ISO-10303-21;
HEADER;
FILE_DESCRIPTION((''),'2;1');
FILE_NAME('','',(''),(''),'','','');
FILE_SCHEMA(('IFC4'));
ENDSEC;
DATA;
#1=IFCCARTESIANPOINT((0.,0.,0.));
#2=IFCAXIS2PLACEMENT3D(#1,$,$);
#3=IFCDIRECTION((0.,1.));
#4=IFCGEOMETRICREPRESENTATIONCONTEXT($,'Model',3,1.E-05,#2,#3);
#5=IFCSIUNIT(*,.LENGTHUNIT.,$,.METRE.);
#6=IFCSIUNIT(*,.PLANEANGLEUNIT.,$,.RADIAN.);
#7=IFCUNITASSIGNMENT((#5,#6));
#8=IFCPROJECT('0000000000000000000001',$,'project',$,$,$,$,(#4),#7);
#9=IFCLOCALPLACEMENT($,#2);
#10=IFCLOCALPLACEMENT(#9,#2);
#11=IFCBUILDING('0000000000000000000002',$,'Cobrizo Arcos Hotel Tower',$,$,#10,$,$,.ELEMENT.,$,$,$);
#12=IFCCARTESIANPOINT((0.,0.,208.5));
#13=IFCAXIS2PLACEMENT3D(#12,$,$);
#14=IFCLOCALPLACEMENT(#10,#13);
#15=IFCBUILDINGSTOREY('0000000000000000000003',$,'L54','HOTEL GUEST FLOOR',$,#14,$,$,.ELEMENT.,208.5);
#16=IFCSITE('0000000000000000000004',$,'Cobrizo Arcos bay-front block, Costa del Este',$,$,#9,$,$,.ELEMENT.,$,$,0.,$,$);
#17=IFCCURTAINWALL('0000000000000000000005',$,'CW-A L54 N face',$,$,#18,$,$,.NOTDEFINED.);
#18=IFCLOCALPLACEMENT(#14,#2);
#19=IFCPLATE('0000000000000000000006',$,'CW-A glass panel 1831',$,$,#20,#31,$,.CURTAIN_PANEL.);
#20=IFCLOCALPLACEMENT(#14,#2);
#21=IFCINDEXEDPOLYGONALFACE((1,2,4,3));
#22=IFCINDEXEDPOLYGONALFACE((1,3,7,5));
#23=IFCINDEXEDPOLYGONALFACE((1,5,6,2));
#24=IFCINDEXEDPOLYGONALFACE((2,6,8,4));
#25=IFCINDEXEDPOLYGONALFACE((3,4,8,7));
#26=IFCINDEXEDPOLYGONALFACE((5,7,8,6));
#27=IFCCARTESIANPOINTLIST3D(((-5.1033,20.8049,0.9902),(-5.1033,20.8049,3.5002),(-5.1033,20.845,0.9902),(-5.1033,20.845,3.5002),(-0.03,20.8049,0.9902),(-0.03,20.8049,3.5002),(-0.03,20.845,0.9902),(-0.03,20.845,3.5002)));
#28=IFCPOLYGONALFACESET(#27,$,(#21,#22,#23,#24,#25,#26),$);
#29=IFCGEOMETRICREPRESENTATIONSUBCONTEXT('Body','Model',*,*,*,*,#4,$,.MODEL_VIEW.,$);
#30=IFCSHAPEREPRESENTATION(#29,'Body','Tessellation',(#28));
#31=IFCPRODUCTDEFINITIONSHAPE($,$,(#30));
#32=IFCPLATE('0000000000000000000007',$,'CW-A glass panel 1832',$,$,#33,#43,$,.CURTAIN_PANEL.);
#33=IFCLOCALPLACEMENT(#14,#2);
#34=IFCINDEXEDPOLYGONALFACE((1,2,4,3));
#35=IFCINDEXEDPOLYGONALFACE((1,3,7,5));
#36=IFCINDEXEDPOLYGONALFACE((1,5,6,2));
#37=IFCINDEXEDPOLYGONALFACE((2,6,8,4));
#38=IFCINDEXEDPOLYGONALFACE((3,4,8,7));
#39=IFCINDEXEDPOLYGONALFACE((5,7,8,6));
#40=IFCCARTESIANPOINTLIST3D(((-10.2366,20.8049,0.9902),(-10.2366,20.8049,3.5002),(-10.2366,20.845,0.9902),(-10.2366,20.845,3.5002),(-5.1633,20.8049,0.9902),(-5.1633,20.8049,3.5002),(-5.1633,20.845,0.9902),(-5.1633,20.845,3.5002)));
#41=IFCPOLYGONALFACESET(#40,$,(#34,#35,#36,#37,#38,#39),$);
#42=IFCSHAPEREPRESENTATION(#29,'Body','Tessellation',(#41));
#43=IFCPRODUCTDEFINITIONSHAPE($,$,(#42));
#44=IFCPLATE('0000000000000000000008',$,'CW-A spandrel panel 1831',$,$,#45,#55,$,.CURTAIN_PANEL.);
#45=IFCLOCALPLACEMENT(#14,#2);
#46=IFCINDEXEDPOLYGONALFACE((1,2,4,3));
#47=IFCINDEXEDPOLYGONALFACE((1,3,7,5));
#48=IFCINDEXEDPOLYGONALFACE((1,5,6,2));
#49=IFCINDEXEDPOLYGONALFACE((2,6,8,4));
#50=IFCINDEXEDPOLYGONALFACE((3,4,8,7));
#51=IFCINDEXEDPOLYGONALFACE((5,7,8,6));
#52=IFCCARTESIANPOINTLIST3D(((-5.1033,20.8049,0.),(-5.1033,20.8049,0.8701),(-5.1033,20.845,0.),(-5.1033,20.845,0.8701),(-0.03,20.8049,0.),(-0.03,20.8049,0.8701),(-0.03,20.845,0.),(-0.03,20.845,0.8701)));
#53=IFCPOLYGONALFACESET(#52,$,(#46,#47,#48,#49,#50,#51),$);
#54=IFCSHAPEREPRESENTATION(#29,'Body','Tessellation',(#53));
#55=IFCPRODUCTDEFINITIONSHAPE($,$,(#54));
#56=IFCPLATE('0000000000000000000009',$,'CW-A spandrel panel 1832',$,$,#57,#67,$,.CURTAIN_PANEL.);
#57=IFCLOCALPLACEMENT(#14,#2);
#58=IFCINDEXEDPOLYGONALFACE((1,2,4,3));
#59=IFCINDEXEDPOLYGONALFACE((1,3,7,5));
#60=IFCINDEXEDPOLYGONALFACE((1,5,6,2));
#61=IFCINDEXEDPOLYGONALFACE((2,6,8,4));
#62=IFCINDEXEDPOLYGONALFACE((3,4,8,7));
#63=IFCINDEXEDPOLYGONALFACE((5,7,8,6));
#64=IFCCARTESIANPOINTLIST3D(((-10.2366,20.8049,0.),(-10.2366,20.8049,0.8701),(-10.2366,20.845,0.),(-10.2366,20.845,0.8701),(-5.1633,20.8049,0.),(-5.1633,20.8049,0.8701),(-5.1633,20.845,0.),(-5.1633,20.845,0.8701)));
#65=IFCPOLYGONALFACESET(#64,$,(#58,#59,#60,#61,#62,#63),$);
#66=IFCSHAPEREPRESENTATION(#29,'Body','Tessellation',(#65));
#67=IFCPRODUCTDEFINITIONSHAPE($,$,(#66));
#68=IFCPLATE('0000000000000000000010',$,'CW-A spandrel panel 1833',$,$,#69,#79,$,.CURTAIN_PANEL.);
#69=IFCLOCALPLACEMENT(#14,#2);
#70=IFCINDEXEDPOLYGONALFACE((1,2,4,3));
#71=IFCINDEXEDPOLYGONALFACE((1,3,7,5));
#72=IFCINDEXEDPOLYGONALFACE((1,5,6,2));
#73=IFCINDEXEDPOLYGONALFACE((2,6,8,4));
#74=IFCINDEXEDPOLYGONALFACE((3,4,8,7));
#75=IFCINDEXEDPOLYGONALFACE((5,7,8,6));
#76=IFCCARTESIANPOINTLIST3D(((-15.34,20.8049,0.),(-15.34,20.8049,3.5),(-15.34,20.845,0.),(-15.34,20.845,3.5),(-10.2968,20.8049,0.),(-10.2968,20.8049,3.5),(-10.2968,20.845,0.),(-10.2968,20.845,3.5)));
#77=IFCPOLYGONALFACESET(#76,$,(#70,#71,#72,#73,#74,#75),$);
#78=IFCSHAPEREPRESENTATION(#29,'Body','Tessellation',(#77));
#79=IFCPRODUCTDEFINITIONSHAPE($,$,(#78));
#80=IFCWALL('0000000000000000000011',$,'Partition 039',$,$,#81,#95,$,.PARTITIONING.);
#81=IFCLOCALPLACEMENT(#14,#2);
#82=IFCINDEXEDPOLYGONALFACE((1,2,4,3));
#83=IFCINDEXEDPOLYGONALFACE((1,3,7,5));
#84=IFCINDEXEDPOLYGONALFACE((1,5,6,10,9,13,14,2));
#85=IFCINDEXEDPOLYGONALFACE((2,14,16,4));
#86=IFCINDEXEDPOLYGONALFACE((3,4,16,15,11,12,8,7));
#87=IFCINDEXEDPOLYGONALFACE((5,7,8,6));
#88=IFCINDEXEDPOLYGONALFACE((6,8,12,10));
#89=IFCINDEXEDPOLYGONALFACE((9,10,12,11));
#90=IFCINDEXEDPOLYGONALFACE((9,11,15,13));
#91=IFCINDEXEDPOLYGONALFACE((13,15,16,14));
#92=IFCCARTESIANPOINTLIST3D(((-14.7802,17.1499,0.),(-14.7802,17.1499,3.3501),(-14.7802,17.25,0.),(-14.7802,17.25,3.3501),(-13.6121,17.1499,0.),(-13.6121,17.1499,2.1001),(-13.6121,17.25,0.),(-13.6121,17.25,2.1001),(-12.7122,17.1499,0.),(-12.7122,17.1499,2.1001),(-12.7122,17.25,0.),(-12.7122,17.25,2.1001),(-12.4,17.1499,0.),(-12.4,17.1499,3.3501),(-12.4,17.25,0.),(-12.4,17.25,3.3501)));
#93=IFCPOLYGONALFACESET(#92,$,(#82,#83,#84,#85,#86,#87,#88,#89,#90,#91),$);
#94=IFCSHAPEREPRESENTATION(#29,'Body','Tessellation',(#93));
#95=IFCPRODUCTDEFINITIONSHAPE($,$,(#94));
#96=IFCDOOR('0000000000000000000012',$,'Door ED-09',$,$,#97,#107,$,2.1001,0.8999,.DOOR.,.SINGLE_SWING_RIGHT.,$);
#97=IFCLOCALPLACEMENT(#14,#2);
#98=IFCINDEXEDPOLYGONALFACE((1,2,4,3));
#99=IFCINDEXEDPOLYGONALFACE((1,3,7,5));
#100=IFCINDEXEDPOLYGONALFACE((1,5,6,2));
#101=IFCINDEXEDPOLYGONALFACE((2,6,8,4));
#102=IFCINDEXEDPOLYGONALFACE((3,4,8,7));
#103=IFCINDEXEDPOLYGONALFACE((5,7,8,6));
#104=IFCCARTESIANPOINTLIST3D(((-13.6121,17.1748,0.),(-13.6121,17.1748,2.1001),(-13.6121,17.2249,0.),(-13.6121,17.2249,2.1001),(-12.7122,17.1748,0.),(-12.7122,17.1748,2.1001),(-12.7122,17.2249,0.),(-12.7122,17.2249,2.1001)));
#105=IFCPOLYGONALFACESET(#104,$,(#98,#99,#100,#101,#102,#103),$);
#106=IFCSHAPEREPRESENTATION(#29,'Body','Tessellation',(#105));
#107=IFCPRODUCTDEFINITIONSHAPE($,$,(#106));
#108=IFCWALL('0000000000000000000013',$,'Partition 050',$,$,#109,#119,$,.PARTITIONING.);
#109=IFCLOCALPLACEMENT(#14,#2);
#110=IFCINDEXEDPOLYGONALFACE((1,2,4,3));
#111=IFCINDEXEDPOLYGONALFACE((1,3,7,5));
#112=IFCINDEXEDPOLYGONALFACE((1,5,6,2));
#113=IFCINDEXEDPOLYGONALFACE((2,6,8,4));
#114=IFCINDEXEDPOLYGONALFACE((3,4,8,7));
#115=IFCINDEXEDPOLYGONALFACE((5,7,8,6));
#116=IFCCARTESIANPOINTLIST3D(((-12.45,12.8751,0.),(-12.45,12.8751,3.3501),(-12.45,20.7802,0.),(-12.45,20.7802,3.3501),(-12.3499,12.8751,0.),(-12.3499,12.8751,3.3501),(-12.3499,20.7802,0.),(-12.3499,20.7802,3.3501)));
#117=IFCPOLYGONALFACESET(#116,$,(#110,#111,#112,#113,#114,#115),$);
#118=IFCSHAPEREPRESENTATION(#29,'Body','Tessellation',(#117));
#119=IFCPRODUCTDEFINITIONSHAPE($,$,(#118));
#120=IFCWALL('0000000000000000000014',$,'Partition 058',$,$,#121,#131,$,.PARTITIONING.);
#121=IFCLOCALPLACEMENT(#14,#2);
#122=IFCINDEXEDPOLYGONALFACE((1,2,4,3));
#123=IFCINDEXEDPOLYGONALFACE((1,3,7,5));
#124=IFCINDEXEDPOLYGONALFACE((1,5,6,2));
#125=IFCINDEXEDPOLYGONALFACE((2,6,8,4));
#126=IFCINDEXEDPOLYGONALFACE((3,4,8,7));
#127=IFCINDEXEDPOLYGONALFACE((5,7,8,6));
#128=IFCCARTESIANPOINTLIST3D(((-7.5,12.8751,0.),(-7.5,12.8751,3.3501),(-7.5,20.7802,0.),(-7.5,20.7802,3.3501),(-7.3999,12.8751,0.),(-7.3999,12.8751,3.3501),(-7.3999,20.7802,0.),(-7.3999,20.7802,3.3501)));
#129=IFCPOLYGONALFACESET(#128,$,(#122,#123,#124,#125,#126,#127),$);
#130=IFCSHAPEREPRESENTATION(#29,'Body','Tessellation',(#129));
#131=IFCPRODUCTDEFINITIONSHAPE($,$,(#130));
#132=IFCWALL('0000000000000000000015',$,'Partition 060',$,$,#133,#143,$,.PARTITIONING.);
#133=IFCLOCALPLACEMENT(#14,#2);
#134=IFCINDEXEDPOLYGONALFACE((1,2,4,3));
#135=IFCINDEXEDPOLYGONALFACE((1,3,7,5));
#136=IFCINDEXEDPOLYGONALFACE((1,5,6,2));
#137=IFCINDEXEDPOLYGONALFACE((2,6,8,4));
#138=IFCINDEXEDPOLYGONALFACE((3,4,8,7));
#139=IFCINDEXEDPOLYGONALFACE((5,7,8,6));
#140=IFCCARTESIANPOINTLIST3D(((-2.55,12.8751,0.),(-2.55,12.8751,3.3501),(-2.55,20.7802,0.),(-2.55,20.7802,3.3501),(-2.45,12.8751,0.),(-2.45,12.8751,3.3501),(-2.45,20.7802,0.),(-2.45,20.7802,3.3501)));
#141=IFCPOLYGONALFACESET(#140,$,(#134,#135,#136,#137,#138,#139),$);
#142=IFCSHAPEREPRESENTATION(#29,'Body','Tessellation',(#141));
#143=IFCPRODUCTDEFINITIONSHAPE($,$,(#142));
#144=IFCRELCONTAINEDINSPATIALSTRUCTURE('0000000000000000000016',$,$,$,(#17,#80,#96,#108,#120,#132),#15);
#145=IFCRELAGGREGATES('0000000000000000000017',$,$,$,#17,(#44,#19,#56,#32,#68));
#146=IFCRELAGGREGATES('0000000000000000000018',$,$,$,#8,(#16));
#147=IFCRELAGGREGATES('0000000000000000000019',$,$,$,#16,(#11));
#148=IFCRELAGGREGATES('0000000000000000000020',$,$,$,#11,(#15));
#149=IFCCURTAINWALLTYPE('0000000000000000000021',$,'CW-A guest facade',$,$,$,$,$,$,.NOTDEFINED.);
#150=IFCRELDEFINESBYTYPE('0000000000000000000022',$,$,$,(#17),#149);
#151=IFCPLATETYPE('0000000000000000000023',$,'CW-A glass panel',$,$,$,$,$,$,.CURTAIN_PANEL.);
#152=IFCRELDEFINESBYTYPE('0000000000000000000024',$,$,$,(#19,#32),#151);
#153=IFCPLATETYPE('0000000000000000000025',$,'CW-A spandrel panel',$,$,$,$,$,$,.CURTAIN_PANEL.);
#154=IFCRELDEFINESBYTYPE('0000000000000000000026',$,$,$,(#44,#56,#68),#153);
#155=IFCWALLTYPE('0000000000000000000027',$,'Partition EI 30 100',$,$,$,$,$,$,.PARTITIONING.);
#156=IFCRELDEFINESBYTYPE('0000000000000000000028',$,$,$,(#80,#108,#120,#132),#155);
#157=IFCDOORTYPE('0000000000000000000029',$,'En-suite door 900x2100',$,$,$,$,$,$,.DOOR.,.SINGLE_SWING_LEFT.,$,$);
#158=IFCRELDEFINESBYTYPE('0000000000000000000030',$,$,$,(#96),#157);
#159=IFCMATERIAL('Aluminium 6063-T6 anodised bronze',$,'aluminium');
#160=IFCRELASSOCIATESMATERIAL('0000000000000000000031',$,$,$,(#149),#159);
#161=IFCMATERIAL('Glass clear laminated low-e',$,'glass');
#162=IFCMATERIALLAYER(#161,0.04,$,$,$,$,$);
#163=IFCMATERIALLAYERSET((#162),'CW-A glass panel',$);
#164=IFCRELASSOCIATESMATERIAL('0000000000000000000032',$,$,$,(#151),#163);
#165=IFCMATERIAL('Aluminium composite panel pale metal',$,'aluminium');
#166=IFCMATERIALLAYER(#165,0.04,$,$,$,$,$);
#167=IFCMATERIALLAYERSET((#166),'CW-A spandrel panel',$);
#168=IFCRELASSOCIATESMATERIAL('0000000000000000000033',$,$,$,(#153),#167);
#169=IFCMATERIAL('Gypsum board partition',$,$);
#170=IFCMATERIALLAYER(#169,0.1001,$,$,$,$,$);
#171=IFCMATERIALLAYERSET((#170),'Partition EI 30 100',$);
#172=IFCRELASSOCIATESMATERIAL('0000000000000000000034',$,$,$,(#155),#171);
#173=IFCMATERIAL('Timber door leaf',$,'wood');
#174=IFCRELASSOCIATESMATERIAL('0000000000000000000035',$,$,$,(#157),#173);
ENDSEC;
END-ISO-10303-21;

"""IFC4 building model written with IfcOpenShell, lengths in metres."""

from ifc_helpers import new_model, si_unit, direction, frame, frame_2d, origin, origin_2d, place, context, subcontext, project, spatial, rectangle, extrude, material, layer, layer_set, type_object, element, fill, aggregate, save


model = new_model("IFC4")

# Units and contexts
model_context = context("Model", 3, precision=1e-05, world=origin(), true_north=direction((0.0, 1.0)))
body_context = subcontext(model_context, "Body", "Model", "MODEL_VIEW")
ifc_project = project(units=[si_unit("LENGTHUNIT", "METRE"), si_unit("PLANEANGLEUNIT", "RADIAN")], contexts=[model_context])

# Site, building, storey
site_placement = place(None, origin())
site = spatial("IfcSite", under=ifc_project, at=site_placement, Name="Cobrizo Arcos bay-front block, Costa del Este", CompositionType="ELEMENT", RefElevation=0.0)
building_placement = place(site_placement, origin())
building = spatial("IfcBuilding", under=site, at=building_placement, Name="Cobrizo Arcos Hotel Tower", CompositionType="ELEMENT")
storey_placement = place(building_placement, frame((0.0, 0.0, 208.5)))
storey = spatial("IfcBuildingStorey", under=building, at=storey_placement, Name="L54", Description="HOTEL GUEST FLOOR", CompositionType="ELEMENT", Elevation=208.5)

# Curtain wall
ifc_material_1 = material(Name="Aluminium 6063-T6 anodised bronze", Category="aluminium")
curtain_wall_type = type_object("IfcCurtainWallType", Name="CW-A guest facade", PredefinedType="NOTDEFINED", material=ifc_material_1)
curtain_wall_placement = place(storey_placement, origin())
curtain_wall = element("IfcCurtainWall", 1, at=curtain_wall_placement, inside=storey, type_object=curtain_wall_type, Name="CW-A L54 N face", PredefinedType="NOTDEFINED")

# Plates
ifc_material_2 = material(Name="Glass clear laminated low-e", Category="glass")
ifc_layer_1 = layer(ifc_material_2, 0.04)
ifc_layer_set_1 = layer_set([ifc_layer_1], Name="CW-A glass panel")
plate_type_1 = type_object("IfcPlateType", Name="CW-A glass panel", PredefinedType="CURTAIN_PANEL", material=ifc_layer_set_1)
plate_1_placement = place(storey_placement, frame((-2.5667, 20.825, 0.9902), z_axis=(0.0, 0.0, 1.0), x_axis=(-1.0, 0.0, 0.0)))
plate_1 = element("IfcPlate", 2, at=plate_1_placement, type_object=plate_type_1, Name="CW-A glass panel 1831", PredefinedType="CURTAIN_PANEL", context=body_context, shape_type="SweptSolid", body=[
    extrude(rectangle(XDim=5.0732, YDim=0.04, at=origin_2d()), origin(), (0.0, 0.0, 1.0), 2.51),
])
plate_2_placement = place(storey_placement, frame((-7.7, 20.825, 0.9902), z_axis=(0.0, 0.0, 1.0), x_axis=(-1.0, 0.0, 0.0)))
plate_2 = element("IfcPlate", 3, at=plate_2_placement, type_object=plate_type_1, Name="CW-A glass panel 1832", PredefinedType="CURTAIN_PANEL", context=body_context, shape_type="SweptSolid", body=[
    extrude(rectangle(XDim=5.0732, YDim=0.04, at=origin_2d()), origin(), (0.0, 0.0, 1.0), 2.51),
])
ifc_material_3 = material(Name="Aluminium composite panel pale metal", Category="aluminium")
ifc_layer_2 = layer(ifc_material_3, 0.04)
ifc_layer_set_2 = layer_set([ifc_layer_2], Name="CW-A spandrel panel")
plate_type_2 = type_object("IfcPlateType", Name="CW-A spandrel panel", PredefinedType="CURTAIN_PANEL", material=ifc_layer_set_2)
plate_3_placement = place(storey_placement, frame((-2.5667, 20.825, 0.0), z_axis=(0.0, 0.0, 1.0), x_axis=(-1.0, 0.0, 0.0)))
plate_3 = element("IfcPlate", 4, at=plate_3_placement, type_object=plate_type_2, Name="CW-A spandrel panel 1831", PredefinedType="CURTAIN_PANEL", context=body_context, shape_type="SweptSolid", body=[
    extrude(rectangle(XDim=5.0732, YDim=0.04, at=origin_2d()), origin(), (0.0, 0.0, 1.0), 0.8701),
])
plate_4_placement = place(storey_placement, frame((-7.7, 20.825, 0.0), z_axis=(0.0, 0.0, 1.0), x_axis=(-1.0, 0.0, 0.0)))
plate_4 = element("IfcPlate", 5, at=plate_4_placement, type_object=plate_type_2, Name="CW-A spandrel panel 1832", PredefinedType="CURTAIN_PANEL", context=body_context, shape_type="SweptSolid", body=[
    extrude(rectangle(XDim=5.0732, YDim=0.04, at=origin_2d()), origin(), (0.0, 0.0, 1.0), 0.8701),
])
plate_5_placement = place(storey_placement, frame((-12.8184, 20.825, 0.0), z_axis=(0.0, 0.0, 1.0), x_axis=(-1.0, 0.0, 0.0)))
plate_5 = element("IfcPlate", 6, at=plate_5_placement, type_object=plate_type_2, Name="CW-A spandrel panel 1833", PredefinedType="CURTAIN_PANEL", context=body_context, shape_type="SweptSolid", body=[
    extrude(rectangle(XDim=5.0432, YDim=0.04, at=origin_2d()), origin(), (0.0, 0.0, 1.0), 3.5),
])
aggregate(curtain_wall, [plate_3, plate_1, plate_4, plate_2, plate_5])

# Wall, opening, door
ifc_material_4 = material(Name="Gypsum board partition")
ifc_layer_3 = layer(ifc_material_4, 0.1001)
ifc_layer_set_3 = layer_set([ifc_layer_3], Name="Partition EI 30 100")
wall_type = type_object("IfcWallType", Name="Partition EI 30 100", PredefinedType="PARTITIONING", material=ifc_layer_set_3)
wall_placement = place(storey_placement, frame((-14.78, 17.2, 0.0), z_axis=(0.0, 0.0, 1.0), x_axis=(1.0, 0.0, 0.0)))
wall = element("IfcWall", 7, at=wall_placement, inside=storey, type_object=wall_type, Name="Partition 039", PredefinedType="PARTITIONING", context=body_context, shape_type="SweptSolid", body=[
    extrude(rectangle(XDim=2.3801, YDim=0.1001, at=frame_2d((1.1899, 0.0))), origin(), (0.0, 0.0, 1.0), 3.3501),
])
opening_placement = place(wall_placement, frame((1.168, 0.0, 0.0)))
opening = element("IfcOpeningElement", 8, at=opening_placement, cuts=wall, PredefinedType="OPENING", context=body_context, shape_type="SweptSolid", body=[
    extrude(rectangle(XDim=0.8999, YDim=2.1001, at=frame_2d((0.45, 1.05))), frame((0.0, 0.062, 0.0), z_axis=(0.0, -1.0, 0.0), x_axis=(1.0, 0.0, 0.0)), (0.0, 0.0, 1.0), 0.124),
])
ifc_material_5 = material(Name="Timber door leaf", Category="wood")
door_type = type_object("IfcDoorType", Name="En-suite door 900x2100", OperationType="SINGLE_SWING_LEFT", PredefinedType="DOOR", material=ifc_material_5)
door_placement = place(opening_placement, origin())
door = element("IfcDoor", 9, at=door_placement, inside=storey, type_object=door_type, Name="Door ED-09", OperationType="SINGLE_SWING_RIGHT", OverallHeight=2.1001, OverallWidth=0.8999, PredefinedType="DOOR", context=body_context, shape_type="SweptSolid", body=[
    extrude(rectangle(XDim=0.8999, YDim=2.1001, at=frame_2d((0.45, 1.05))), frame((0.0, 0.0249, 0.0), z_axis=(0.0, -1.0, 0.0), x_axis=(1.0, 0.0, 0.0)), (0.0, 0.0, 1.0), 0.05),
])
fill(opening, door)

# Walls
for number, where, z_axis, x_axis, name in (
    (10, (-12.3999, 12.875, 0.0), (0.0, 0.0, 1.0), (0.0, 1.0, 0.0), "Partition 050"),
    (11, (-7.45, 12.875, 0.0), (0.0, 0.0, 1.0), (0.0, 1.0, 0.0), "Partition 058"),
    (12, (-2.5, 12.875, 0.0), (0.0, 0.0, 1.0), (0.0, 1.0, 0.0), "Partition 060"),
):
    element("IfcWall", number, at=place(storey_placement, frame(where, z_axis=z_axis, x_axis=x_axis)), inside=storey, type_object=wall_type, Name=name, PredefinedType="PARTITIONING", context=body_context, shape_type="SweptSolid", body=[
        extrude(rectangle(XDim=7.905, YDim=0.1001, at=frame_2d((3.9526, 0.0))), origin(), (0.0, 0.0, 1.0), 3.3501),
    ])

save(model, "model.ifc")
